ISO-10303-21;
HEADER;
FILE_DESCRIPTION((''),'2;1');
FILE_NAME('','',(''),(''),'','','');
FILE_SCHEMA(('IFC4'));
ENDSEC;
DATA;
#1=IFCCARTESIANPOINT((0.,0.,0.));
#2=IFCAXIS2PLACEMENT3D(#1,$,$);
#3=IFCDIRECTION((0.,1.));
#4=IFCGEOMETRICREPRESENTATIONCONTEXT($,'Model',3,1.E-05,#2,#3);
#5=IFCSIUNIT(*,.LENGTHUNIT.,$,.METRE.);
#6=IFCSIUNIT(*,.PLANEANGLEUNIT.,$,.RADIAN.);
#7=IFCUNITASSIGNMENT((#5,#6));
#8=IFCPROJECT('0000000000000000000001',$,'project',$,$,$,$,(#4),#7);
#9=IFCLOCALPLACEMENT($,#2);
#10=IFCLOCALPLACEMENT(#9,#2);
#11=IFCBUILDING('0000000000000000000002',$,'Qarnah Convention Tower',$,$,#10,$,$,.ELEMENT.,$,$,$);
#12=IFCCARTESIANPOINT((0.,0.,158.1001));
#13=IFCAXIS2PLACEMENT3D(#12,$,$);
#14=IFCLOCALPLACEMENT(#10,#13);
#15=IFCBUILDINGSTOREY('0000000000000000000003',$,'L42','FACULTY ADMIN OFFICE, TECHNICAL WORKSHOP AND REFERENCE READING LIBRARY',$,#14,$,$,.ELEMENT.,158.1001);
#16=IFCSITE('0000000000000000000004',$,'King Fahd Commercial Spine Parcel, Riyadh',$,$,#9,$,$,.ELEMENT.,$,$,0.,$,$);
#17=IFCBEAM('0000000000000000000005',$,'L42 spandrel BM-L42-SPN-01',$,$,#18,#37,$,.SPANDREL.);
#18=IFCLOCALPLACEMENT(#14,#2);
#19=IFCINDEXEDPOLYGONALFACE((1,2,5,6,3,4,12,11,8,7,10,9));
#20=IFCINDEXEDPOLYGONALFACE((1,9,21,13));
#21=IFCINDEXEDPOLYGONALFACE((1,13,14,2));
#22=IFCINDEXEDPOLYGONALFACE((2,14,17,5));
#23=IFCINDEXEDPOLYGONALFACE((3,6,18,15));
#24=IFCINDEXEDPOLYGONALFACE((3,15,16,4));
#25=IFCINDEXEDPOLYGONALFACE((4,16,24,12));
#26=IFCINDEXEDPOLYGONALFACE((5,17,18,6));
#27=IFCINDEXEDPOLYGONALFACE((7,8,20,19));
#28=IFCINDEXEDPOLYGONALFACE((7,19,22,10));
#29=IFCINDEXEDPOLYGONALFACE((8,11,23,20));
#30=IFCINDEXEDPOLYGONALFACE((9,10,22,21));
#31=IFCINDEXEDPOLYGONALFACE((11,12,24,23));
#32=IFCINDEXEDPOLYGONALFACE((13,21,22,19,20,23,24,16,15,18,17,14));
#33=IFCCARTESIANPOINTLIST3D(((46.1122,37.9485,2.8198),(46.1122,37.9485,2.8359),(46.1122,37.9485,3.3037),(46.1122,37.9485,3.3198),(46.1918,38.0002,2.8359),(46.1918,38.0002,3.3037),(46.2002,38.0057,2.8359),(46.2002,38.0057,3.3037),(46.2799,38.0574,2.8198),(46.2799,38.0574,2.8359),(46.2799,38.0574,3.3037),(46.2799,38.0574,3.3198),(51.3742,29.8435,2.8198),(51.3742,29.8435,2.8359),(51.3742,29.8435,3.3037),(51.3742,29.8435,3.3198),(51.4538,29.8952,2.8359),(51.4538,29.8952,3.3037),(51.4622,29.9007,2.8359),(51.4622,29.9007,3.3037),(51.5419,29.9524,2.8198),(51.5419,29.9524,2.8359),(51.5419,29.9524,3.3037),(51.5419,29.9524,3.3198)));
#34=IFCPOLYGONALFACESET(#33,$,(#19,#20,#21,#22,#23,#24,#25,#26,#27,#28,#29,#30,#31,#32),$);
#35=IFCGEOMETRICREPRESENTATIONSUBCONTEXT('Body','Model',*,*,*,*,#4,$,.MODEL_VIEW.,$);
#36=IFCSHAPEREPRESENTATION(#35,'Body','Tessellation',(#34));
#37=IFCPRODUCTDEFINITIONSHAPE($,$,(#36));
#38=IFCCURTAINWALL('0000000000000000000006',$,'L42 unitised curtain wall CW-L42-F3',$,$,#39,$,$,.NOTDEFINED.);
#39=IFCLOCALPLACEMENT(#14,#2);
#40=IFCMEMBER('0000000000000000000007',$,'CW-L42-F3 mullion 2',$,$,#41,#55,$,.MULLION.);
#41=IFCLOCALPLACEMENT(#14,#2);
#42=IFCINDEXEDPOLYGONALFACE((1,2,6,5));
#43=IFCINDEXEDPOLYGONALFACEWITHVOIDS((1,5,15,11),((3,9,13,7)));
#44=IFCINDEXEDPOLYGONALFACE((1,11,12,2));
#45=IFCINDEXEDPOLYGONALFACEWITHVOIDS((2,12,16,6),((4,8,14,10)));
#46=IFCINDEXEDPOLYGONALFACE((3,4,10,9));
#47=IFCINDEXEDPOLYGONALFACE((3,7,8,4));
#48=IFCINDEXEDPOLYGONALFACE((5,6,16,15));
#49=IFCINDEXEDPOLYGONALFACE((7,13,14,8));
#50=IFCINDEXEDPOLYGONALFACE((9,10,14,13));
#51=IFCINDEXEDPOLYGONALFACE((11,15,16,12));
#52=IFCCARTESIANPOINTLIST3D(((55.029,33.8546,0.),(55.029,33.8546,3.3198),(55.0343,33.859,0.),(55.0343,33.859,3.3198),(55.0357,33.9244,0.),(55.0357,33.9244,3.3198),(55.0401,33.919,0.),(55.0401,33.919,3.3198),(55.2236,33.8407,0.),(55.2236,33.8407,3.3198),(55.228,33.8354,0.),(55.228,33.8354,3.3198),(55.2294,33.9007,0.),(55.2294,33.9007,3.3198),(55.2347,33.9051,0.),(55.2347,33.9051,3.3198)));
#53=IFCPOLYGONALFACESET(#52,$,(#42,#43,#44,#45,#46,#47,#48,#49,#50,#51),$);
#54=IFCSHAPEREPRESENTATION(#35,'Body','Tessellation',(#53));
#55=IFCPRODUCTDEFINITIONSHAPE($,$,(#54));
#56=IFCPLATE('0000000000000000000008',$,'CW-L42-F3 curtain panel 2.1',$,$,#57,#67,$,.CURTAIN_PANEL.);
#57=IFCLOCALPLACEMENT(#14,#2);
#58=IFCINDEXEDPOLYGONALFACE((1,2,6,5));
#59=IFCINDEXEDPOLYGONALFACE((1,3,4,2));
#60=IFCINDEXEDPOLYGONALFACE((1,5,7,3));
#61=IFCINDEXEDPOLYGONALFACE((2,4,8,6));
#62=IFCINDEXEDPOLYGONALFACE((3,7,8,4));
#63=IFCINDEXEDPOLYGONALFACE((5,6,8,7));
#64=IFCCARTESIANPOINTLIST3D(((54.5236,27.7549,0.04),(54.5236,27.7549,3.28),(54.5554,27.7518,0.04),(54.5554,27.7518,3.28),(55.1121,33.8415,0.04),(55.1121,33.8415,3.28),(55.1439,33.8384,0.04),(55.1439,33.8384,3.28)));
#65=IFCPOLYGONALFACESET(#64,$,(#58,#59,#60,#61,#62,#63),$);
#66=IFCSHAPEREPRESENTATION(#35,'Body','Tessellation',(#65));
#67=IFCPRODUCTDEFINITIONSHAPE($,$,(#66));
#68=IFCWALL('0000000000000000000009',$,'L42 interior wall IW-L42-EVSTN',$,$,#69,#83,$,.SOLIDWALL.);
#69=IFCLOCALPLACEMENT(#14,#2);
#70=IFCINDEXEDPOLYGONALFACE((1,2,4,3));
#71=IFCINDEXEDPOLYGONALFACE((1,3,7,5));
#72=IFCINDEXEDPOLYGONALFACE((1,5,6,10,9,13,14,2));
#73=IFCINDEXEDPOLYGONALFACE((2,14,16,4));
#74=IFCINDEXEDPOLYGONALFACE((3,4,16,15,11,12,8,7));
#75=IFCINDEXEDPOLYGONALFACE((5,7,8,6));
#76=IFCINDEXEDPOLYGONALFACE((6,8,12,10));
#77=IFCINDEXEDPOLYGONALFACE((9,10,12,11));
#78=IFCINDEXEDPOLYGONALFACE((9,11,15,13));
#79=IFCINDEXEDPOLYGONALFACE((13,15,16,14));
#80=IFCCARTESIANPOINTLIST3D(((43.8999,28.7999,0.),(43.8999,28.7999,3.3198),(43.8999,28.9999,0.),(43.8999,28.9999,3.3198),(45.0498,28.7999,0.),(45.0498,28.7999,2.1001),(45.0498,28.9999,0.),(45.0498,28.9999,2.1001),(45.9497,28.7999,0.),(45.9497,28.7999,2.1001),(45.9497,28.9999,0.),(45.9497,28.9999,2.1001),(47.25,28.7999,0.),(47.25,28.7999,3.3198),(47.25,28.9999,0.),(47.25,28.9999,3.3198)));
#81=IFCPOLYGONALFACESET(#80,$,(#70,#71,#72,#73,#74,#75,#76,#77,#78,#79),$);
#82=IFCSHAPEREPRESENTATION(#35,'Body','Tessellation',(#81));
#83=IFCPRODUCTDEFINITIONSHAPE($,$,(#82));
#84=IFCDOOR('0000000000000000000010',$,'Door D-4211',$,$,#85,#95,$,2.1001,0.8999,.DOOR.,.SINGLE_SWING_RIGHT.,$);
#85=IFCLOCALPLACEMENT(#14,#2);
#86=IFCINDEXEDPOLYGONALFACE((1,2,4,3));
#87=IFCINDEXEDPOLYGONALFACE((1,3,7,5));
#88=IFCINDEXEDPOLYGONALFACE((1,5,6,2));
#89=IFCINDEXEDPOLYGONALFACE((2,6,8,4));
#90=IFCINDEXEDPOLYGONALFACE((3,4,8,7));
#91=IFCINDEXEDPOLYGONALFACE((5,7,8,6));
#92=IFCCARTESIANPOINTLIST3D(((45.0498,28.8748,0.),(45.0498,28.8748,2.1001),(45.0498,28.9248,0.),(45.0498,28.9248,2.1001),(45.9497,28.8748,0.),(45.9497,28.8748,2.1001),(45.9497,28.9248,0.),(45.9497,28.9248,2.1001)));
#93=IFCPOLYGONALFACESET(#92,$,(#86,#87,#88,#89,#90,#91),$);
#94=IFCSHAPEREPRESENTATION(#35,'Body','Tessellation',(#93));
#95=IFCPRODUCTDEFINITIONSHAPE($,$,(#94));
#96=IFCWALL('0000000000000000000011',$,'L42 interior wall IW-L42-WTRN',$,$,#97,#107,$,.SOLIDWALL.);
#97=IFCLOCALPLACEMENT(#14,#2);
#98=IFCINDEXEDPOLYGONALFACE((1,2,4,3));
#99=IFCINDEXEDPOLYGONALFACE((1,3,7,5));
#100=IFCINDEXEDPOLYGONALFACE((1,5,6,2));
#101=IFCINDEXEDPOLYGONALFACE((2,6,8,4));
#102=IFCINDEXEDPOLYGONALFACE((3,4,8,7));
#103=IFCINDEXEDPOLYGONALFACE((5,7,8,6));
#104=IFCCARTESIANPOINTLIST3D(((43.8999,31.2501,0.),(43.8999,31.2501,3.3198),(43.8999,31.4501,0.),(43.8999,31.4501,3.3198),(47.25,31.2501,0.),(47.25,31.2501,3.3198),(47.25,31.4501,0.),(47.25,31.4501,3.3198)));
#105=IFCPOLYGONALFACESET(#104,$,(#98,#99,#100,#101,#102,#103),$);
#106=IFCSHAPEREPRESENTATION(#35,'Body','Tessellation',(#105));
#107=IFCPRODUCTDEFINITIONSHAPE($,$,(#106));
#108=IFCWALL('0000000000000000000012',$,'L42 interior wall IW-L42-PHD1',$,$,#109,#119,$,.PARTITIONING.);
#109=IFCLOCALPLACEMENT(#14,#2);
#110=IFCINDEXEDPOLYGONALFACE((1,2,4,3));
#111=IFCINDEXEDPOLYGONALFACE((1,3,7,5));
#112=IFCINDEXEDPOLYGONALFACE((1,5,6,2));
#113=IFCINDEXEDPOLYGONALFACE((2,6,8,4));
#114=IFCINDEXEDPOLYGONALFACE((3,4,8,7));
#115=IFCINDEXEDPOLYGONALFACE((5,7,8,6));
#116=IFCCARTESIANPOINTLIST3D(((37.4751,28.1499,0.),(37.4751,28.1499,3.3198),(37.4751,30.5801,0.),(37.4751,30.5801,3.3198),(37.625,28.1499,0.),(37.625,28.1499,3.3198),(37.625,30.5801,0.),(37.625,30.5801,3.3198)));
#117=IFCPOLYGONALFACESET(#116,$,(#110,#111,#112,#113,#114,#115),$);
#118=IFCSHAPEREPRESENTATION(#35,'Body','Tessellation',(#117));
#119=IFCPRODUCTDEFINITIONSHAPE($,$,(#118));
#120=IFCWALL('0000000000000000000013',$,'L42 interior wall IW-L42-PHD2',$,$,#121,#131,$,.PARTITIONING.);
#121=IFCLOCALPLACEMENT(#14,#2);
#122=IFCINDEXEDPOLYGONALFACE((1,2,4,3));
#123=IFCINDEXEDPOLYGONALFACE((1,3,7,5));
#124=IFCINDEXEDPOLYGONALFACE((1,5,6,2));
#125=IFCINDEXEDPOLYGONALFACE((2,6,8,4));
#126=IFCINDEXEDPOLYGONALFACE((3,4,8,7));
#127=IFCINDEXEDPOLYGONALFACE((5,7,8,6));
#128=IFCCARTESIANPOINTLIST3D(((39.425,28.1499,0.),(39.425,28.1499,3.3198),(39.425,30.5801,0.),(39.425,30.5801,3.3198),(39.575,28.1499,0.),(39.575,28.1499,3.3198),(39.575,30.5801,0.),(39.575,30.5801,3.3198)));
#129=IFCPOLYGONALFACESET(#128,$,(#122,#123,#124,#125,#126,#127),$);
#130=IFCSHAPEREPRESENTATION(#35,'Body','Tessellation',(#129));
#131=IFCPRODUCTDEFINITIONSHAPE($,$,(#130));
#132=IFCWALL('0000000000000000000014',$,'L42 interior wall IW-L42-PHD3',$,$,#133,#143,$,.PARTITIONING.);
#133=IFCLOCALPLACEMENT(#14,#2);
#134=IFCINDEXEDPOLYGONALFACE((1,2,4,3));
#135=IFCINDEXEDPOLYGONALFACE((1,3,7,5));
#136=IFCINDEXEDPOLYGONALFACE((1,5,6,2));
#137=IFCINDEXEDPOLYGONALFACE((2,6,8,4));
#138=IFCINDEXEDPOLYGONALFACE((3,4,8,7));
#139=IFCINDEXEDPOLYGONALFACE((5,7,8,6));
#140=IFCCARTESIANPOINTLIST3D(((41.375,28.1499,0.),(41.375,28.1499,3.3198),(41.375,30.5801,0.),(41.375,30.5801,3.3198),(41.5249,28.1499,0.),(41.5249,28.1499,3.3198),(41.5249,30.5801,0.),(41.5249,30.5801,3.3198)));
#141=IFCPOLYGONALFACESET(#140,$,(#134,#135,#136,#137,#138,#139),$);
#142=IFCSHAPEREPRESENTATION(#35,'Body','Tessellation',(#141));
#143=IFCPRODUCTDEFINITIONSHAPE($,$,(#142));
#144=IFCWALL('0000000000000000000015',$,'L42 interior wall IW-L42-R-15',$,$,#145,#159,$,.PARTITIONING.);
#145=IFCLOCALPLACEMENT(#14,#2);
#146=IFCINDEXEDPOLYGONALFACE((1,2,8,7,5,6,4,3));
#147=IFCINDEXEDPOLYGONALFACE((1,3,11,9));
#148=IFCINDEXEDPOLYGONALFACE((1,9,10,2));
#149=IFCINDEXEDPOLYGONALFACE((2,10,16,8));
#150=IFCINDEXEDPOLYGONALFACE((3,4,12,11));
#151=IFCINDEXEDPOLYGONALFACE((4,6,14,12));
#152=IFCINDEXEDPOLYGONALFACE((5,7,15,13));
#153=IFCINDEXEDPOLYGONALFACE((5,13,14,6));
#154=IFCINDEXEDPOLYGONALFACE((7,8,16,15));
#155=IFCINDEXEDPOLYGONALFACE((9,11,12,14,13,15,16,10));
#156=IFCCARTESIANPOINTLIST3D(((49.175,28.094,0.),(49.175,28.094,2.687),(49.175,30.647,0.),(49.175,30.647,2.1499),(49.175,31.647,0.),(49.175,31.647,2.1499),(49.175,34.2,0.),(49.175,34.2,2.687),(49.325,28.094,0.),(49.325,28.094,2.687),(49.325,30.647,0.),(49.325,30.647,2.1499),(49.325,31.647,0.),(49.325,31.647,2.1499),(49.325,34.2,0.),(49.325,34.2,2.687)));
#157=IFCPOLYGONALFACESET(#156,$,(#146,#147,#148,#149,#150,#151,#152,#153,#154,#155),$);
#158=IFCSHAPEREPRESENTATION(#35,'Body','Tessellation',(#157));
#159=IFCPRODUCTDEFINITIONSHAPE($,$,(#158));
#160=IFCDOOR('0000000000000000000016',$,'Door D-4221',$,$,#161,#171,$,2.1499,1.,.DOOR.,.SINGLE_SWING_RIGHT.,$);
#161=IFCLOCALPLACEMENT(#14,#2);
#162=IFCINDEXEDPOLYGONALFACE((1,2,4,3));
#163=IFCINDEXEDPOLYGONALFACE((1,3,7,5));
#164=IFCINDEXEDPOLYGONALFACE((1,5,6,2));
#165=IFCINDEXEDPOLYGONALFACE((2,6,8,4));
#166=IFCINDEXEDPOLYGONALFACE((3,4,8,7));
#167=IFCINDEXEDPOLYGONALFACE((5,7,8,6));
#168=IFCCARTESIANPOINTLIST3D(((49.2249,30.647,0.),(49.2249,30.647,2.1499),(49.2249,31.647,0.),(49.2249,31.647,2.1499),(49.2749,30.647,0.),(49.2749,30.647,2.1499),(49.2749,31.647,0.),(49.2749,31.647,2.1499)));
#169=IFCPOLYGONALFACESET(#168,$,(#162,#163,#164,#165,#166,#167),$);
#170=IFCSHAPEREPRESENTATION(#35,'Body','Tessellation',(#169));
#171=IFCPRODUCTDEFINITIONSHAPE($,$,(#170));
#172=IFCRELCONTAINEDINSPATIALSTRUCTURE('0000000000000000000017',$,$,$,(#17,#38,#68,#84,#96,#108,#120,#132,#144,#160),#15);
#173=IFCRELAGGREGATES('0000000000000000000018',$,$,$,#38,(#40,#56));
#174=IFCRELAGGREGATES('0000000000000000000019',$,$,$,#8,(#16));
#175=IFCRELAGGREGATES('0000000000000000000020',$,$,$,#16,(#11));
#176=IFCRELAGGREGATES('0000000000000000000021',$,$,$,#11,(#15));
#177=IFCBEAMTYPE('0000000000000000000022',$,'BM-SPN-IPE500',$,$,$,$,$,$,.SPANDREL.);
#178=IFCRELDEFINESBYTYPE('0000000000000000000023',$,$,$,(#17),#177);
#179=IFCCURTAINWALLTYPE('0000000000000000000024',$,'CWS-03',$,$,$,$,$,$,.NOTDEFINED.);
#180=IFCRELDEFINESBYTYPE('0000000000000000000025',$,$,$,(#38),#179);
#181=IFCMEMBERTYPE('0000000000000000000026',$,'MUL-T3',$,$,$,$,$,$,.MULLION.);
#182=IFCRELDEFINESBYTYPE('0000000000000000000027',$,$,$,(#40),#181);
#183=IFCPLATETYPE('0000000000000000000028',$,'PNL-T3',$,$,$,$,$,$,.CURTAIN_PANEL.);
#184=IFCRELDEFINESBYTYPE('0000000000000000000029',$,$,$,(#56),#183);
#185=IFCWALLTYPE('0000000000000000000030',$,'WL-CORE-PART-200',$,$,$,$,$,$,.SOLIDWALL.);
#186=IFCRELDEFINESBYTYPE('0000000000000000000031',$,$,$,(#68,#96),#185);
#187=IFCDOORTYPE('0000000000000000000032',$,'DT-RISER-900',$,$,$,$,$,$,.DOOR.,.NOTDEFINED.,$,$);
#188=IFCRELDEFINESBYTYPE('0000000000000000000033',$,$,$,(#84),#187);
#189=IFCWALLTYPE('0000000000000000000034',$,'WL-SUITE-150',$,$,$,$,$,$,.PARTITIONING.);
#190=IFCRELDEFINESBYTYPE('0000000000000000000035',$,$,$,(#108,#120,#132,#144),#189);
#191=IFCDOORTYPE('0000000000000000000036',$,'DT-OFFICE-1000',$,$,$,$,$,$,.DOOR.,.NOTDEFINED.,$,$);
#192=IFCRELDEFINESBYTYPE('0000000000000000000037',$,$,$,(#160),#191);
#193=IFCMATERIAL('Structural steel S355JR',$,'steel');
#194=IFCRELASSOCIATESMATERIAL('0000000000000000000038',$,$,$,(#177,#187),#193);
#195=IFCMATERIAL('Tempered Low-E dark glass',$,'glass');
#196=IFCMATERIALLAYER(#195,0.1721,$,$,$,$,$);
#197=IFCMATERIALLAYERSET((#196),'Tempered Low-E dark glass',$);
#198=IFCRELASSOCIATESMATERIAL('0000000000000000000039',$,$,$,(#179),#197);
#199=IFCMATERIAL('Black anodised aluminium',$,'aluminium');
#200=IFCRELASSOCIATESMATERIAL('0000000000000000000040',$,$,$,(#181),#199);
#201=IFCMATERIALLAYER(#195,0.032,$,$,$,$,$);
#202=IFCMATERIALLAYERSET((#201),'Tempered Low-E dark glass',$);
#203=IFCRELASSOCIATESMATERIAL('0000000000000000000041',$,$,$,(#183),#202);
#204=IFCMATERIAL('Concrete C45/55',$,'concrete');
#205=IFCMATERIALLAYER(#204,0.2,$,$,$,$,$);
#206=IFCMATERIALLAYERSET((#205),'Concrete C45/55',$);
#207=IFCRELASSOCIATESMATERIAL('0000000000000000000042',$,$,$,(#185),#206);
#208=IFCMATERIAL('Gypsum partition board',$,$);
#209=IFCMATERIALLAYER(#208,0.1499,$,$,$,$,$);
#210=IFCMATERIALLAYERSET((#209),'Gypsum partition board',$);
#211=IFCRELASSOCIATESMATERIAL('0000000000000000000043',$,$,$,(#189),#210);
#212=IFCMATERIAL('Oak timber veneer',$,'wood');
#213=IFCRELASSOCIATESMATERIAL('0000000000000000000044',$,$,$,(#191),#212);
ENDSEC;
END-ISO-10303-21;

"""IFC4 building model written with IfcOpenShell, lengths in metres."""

from ifc_helpers import new_model, si_unit, direction, frame, frame_2d, origin, origin_2d, place, context, subcontext, project, spatial, rectangle, hollow_rectangle, i_section, extrude, material, layer, layer_set, material_profile, profile_set, type_object, element, fill, aggregate, save


model = new_model("IFC4")

# Units and contexts
model_context = context("Model", 3, precision=1e-05, world=origin(), true_north=direction((0.0, 1.0)))
body_context = subcontext(model_context, "Body", "Model", "MODEL_VIEW")
ifc_project = project(units=[si_unit("LENGTHUNIT", "METRE"), si_unit("PLANEANGLEUNIT", "RADIAN")], contexts=[model_context])

# Site, building, storey
site_placement = place(None, origin())
site = spatial("IfcSite", under=ifc_project, at=site_placement, Name="King Fahd Commercial Spine Parcel, Riyadh", CompositionType="ELEMENT", RefElevation=0.0)
building_placement = place(site_placement, origin())
building = spatial("IfcBuilding", under=site, at=building_placement, Name="Qarnah Convention Tower", CompositionType="ELEMENT")
storey_placement = place(building_placement, frame((0.0, 0.0, 158.1001)))
storey = spatial("IfcBuildingStorey", under=building, at=storey_placement, Name="L42", Description="FACULTY ADMIN OFFICE, TECHNICAL WORKSHOP AND REFERENCE READING LIBRARY", CompositionType="ELEMENT", Elevation=158.1001)

# Beam
ifc_material_1 = material(Name="Structural steel S355JR", Category="steel")
ifc_material_profile_1 = material_profile(ifc_material_1, i_section(OverallWidth=0.2, OverallDepth=0.5, WebThickness=0.01, FlangeThickness=0.0161, at=origin_2d()), Name="IPE500")
ifc_profile_set_1 = profile_set([ifc_material_profile_1], Name="Structural steel S355JR")
beam_type_1 = type_object("IfcBeamType", Name="BM-SPN-IPE500", PredefinedType="SPANDREL", material=ifc_profile_set_1)
beam_1_placement = place(storey_placement, frame((51.458, 29.8979, 3.0698), z_axis=(-0.544532, 0.83874, 0.0), x_axis=(-0.83874, -0.544532, 0.0)))
element("IfcBeam", 1, at=beam_1_placement, inside=storey, type_object=beam_type_1, Name="L42 spandrel BM-L42-SPN-01", PredefinedType="SPANDREL", context=body_context, shape_type="SweptSolid", body=[
    extrude(i_section(OverallWidth=0.2, OverallDepth=0.5, WebThickness=0.01, FlangeThickness=0.0161, at=origin_2d()), origin(), (0.0, 0.0, 1.0), 9.6633),
])

# Curtain wall, member, plate
ifc_material_2 = material(Name="Tempered Low-E dark glass", Category="glass")
ifc_layer_1 = layer(ifc_material_2, 0.1721)
ifc_layer_set_1 = layer_set([ifc_layer_1], Name="Tempered Low-E dark glass")
curtain_wall_type = type_object("IfcCurtainWallType", Name="CWS-03", PredefinedType="NOTDEFINED", material=ifc_layer_set_1)
curtain_wall_placement = place(storey_placement, origin())
curtain_wall = element("IfcCurtainWall", 2, at=curtain_wall_placement, inside=storey, type_object=curtain_wall_type, Name="L42 unitised curtain wall CW-L42-F3", PredefinedType="NOTDEFINED")
ifc_material_3 = material(Name="Black anodised aluminium", Category="aluminium")
ifc_material_profile_2 = material_profile(ifc_material_3, hollow_rectangle(XDim=0.0701, YDim=0.2, WallThickness=0.0049, at=origin_2d()), Name="MUL-70X200")
ifc_profile_set_2 = profile_set([ifc_material_profile_2], Name="Black anodised aluminium")
member_type = type_object("IfcMemberType", Name="MUL-T3", PredefinedType="MULLION", material=ifc_profile_set_2)
member_placement = place(storey_placement, frame((55.1318, 33.8799, 0.0), z_axis=(0.0, 0.0, 1.0), x_axis=(-0.09624, -0.995358, 0.0)))
member = element("IfcMember", 3, at=member_placement, type_object=member_type, Name="CW-L42-F3 mullion 2", PredefinedType="MULLION", context=body_context, shape_type="SweptSolid", body=[
    extrude(hollow_rectangle(XDim=0.0701, YDim=0.2, WallThickness=0.0049, at=origin_2d()), origin(), (0.0, 0.0, 1.0), 3.3198),
])
ifc_layer_2 = layer(ifc_material_2, 0.032)
ifc_layer_set_2 = layer_set([ifc_layer_2], Name="Tempered Low-E dark glass")
plate_type = type_object("IfcPlateType", Name="PNL-T3", PredefinedType="CURTAIN_PANEL", material=ifc_layer_set_2)
plate_placement = place(storey_placement, frame((54.8337, 30.7966, 0.04), z_axis=(0.0, 0.0, 1.0), x_axis=(-0.09624, -0.995358, 0.0)))
plate = element("IfcPlate", 4, at=plate_placement, type_object=plate_type, Name="CW-L42-F3 curtain panel 2.1", PredefinedType="CURTAIN_PANEL", context=body_context, shape_type="SweptSolid", body=[
    extrude(rectangle(XDim=6.115, YDim=0.032, at=origin_2d()), origin(), (0.0, 0.0, 1.0), 3.24),
])
aggregate(curtain_wall, [member, plate])

# Wall, opening, door
ifc_material_4 = material(Name="Concrete C45/55", Category="concrete")
ifc_layer_3 = layer(ifc_material_4, 0.2)
ifc_layer_set_3 = layer_set([ifc_layer_3], Name="Concrete C45/55")
wall_type_1 = type_object("IfcWallType", Name="WL-CORE-PART-200", PredefinedType="SOLIDWALL", material=ifc_layer_set_3)
wall_1_placement = place(storey_placement, frame((43.8999, 28.8999, 0.0), z_axis=(0.0, 0.0, 1.0), x_axis=(1.0, 0.0, 0.0)))
wall_1 = element("IfcWall", 5, at=wall_1_placement, inside=storey, type_object=wall_type_1, Name="L42 interior wall IW-L42-EVSTN", PredefinedType="SOLIDWALL", context=body_context, shape_type="SweptSolid", body=[
    extrude(rectangle(XDim=3.3501, YDim=0.2, at=frame_2d((1.675, 0.0))), origin(), (0.0, 0.0, 1.0), 3.3198),
])
opening_1_placement = place(wall_1_placement, frame((1.1499, 0.0, 0.0)))
opening_1 = element("IfcOpeningElement", 6, at=opening_1_placement, cuts=wall_1, PredefinedType="OPENING", context=body_context, shape_type="SweptSolid", body=[
    extrude(rectangle(XDim=0.8999, YDim=2.1001, at=frame_2d((0.45, 1.05))), frame((0.0, 0.1099, 0.0), z_axis=(0.0, -1.0, 0.0), x_axis=(1.0, 0.0, 0.0)), (0.0, 0.0, 1.0), 0.22),
])
door_type_1 = type_object("IfcDoorType", Name="DT-RISER-900", OperationType="NOTDEFINED", PredefinedType="DOOR", material=ifc_material_1)
door_1_placement = place(opening_1_placement, origin())
door_1 = element("IfcDoor", 7, at=door_1_placement, inside=storey, type_object=door_type_1, Name="Door D-4211", OperationType="SINGLE_SWING_RIGHT", OverallHeight=2.1001, OverallWidth=0.8999, PredefinedType="DOOR", context=body_context, shape_type="SweptSolid", body=[
    extrude(rectangle(XDim=0.8999, YDim=2.1001, at=frame_2d((0.45, 1.05))), frame((0.0, 0.0249, 0.0), z_axis=(0.0, -1.0, 0.0), x_axis=(1.0, 0.0, 0.0)), (0.0, 0.0, 1.0), 0.05),
])
fill(opening_1, door_1)

# Walls
wall_2_placement = place(storey_placement, frame((43.8999, 31.3501, 0.0), z_axis=(0.0, 0.0, 1.0), x_axis=(1.0, 0.0, 0.0)))
element("IfcWall", 8, at=wall_2_placement, inside=storey, type_object=wall_type_1, Name="L42 interior wall IW-L42-WTRN", PredefinedType="SOLIDWALL", context=body_context, shape_type="SweptSolid", body=[
    extrude(rectangle(XDim=3.3501, YDim=0.2, at=frame_2d((1.675, 0.0))), origin(), (0.0, 0.0, 1.0), 3.3198),
])
ifc_material_5 = material(Name="Gypsum partition board")
ifc_layer_4 = layer(ifc_material_5, 0.1499)
ifc_layer_set_4 = layer_set([ifc_layer_4], Name="Gypsum partition board")
wall_type_2 = type_object("IfcWallType", Name="WL-SUITE-150", PredefinedType="PARTITIONING", material=ifc_layer_set_4)
for number, where, z_axis, x_axis, name in (
    (9, (37.55, 28.1499, 0.0), (0.0, 0.0, 1.0), (0.0, 1.0, 0.0), "L42 interior wall IW-L42-PHD1"),
    (10, (39.5, 28.1499, 0.0), (0.0, 0.0, 1.0), (0.0, 1.0, 0.0), "L42 interior wall IW-L42-PHD2"),
    (11, (41.45, 28.1499, 0.0), (0.0, 0.0, 1.0), (0.0, 1.0, 0.0), "L42 interior wall IW-L42-PHD3"),
):
    element("IfcWall", number, at=place(storey_placement, frame(where, z_axis=z_axis, x_axis=x_axis)), inside=storey, type_object=wall_type_2, Name=name, PredefinedType="PARTITIONING", context=body_context, shape_type="SweptSolid", body=[
        extrude(rectangle(XDim=2.4302, YDim=0.1499, at=frame_2d((1.2151, 0.0))), origin(), (0.0, 0.0, 1.0), 3.3198),
    ])

# Wall, opening, door
wall_3_placement = place(storey_placement, frame((49.25, 34.2, 0.0), z_axis=(0.0, 0.0, 1.0), x_axis=(0.0, -1.0, 0.0)))
wall_3 = element("IfcWall", 12, at=wall_3_placement, inside=storey, type_object=wall_type_2, Name="L42 interior wall IW-L42-R-15", PredefinedType="PARTITIONING", context=body_context, shape_type="SweptSolid", body=[
    extrude(rectangle(XDim=6.106, YDim=0.1499, at=frame_2d((3.053, 0.0))), origin(), (0.0, 0.0, 1.0), 2.687),
])
opening_2_placement = place(wall_3_placement, frame((2.553, 0.0, 0.0)))
opening_2 = element("IfcOpeningElement", 13, at=opening_2_placement, cuts=wall_3, PredefinedType="OPENING", context=body_context, shape_type="SweptSolid", body=[
    extrude(rectangle(XDim=1.0, YDim=2.1499, at=frame_2d((0.5, 1.075))), frame((0.0, 0.085, 0.0), z_axis=(0.0, -1.0, 0.0), x_axis=(1.0, 0.0, 0.0)), (0.0, 0.0, 1.0), 0.1699),
])
ifc_material_6 = material(Name="Oak timber veneer", Category="wood")
door_type_2 = type_object("IfcDoorType", Name="DT-OFFICE-1000", OperationType="NOTDEFINED", PredefinedType="DOOR", material=ifc_material_6)
door_2_placement = place(opening_2_placement, origin())
door_2 = element("IfcDoor", 14, at=door_2_placement, inside=storey, type_object=door_type_2, Name="Door D-4221", OperationType="SINGLE_SWING_RIGHT", OverallHeight=2.1499, OverallWidth=1.0, PredefinedType="DOOR", context=body_context, shape_type="SweptSolid", body=[
    extrude(rectangle(XDim=1.0, YDim=2.1499, at=frame_2d((0.5, 1.075))), frame((0.0, 0.0249, 0.0), z_axis=(0.0, -1.0, 0.0), x_axis=(1.0, 0.0, 0.0)), (0.0, 0.0, 1.0), 0.05),
])
fill(opening_2, door_2)

save(model, "model.ifc")
